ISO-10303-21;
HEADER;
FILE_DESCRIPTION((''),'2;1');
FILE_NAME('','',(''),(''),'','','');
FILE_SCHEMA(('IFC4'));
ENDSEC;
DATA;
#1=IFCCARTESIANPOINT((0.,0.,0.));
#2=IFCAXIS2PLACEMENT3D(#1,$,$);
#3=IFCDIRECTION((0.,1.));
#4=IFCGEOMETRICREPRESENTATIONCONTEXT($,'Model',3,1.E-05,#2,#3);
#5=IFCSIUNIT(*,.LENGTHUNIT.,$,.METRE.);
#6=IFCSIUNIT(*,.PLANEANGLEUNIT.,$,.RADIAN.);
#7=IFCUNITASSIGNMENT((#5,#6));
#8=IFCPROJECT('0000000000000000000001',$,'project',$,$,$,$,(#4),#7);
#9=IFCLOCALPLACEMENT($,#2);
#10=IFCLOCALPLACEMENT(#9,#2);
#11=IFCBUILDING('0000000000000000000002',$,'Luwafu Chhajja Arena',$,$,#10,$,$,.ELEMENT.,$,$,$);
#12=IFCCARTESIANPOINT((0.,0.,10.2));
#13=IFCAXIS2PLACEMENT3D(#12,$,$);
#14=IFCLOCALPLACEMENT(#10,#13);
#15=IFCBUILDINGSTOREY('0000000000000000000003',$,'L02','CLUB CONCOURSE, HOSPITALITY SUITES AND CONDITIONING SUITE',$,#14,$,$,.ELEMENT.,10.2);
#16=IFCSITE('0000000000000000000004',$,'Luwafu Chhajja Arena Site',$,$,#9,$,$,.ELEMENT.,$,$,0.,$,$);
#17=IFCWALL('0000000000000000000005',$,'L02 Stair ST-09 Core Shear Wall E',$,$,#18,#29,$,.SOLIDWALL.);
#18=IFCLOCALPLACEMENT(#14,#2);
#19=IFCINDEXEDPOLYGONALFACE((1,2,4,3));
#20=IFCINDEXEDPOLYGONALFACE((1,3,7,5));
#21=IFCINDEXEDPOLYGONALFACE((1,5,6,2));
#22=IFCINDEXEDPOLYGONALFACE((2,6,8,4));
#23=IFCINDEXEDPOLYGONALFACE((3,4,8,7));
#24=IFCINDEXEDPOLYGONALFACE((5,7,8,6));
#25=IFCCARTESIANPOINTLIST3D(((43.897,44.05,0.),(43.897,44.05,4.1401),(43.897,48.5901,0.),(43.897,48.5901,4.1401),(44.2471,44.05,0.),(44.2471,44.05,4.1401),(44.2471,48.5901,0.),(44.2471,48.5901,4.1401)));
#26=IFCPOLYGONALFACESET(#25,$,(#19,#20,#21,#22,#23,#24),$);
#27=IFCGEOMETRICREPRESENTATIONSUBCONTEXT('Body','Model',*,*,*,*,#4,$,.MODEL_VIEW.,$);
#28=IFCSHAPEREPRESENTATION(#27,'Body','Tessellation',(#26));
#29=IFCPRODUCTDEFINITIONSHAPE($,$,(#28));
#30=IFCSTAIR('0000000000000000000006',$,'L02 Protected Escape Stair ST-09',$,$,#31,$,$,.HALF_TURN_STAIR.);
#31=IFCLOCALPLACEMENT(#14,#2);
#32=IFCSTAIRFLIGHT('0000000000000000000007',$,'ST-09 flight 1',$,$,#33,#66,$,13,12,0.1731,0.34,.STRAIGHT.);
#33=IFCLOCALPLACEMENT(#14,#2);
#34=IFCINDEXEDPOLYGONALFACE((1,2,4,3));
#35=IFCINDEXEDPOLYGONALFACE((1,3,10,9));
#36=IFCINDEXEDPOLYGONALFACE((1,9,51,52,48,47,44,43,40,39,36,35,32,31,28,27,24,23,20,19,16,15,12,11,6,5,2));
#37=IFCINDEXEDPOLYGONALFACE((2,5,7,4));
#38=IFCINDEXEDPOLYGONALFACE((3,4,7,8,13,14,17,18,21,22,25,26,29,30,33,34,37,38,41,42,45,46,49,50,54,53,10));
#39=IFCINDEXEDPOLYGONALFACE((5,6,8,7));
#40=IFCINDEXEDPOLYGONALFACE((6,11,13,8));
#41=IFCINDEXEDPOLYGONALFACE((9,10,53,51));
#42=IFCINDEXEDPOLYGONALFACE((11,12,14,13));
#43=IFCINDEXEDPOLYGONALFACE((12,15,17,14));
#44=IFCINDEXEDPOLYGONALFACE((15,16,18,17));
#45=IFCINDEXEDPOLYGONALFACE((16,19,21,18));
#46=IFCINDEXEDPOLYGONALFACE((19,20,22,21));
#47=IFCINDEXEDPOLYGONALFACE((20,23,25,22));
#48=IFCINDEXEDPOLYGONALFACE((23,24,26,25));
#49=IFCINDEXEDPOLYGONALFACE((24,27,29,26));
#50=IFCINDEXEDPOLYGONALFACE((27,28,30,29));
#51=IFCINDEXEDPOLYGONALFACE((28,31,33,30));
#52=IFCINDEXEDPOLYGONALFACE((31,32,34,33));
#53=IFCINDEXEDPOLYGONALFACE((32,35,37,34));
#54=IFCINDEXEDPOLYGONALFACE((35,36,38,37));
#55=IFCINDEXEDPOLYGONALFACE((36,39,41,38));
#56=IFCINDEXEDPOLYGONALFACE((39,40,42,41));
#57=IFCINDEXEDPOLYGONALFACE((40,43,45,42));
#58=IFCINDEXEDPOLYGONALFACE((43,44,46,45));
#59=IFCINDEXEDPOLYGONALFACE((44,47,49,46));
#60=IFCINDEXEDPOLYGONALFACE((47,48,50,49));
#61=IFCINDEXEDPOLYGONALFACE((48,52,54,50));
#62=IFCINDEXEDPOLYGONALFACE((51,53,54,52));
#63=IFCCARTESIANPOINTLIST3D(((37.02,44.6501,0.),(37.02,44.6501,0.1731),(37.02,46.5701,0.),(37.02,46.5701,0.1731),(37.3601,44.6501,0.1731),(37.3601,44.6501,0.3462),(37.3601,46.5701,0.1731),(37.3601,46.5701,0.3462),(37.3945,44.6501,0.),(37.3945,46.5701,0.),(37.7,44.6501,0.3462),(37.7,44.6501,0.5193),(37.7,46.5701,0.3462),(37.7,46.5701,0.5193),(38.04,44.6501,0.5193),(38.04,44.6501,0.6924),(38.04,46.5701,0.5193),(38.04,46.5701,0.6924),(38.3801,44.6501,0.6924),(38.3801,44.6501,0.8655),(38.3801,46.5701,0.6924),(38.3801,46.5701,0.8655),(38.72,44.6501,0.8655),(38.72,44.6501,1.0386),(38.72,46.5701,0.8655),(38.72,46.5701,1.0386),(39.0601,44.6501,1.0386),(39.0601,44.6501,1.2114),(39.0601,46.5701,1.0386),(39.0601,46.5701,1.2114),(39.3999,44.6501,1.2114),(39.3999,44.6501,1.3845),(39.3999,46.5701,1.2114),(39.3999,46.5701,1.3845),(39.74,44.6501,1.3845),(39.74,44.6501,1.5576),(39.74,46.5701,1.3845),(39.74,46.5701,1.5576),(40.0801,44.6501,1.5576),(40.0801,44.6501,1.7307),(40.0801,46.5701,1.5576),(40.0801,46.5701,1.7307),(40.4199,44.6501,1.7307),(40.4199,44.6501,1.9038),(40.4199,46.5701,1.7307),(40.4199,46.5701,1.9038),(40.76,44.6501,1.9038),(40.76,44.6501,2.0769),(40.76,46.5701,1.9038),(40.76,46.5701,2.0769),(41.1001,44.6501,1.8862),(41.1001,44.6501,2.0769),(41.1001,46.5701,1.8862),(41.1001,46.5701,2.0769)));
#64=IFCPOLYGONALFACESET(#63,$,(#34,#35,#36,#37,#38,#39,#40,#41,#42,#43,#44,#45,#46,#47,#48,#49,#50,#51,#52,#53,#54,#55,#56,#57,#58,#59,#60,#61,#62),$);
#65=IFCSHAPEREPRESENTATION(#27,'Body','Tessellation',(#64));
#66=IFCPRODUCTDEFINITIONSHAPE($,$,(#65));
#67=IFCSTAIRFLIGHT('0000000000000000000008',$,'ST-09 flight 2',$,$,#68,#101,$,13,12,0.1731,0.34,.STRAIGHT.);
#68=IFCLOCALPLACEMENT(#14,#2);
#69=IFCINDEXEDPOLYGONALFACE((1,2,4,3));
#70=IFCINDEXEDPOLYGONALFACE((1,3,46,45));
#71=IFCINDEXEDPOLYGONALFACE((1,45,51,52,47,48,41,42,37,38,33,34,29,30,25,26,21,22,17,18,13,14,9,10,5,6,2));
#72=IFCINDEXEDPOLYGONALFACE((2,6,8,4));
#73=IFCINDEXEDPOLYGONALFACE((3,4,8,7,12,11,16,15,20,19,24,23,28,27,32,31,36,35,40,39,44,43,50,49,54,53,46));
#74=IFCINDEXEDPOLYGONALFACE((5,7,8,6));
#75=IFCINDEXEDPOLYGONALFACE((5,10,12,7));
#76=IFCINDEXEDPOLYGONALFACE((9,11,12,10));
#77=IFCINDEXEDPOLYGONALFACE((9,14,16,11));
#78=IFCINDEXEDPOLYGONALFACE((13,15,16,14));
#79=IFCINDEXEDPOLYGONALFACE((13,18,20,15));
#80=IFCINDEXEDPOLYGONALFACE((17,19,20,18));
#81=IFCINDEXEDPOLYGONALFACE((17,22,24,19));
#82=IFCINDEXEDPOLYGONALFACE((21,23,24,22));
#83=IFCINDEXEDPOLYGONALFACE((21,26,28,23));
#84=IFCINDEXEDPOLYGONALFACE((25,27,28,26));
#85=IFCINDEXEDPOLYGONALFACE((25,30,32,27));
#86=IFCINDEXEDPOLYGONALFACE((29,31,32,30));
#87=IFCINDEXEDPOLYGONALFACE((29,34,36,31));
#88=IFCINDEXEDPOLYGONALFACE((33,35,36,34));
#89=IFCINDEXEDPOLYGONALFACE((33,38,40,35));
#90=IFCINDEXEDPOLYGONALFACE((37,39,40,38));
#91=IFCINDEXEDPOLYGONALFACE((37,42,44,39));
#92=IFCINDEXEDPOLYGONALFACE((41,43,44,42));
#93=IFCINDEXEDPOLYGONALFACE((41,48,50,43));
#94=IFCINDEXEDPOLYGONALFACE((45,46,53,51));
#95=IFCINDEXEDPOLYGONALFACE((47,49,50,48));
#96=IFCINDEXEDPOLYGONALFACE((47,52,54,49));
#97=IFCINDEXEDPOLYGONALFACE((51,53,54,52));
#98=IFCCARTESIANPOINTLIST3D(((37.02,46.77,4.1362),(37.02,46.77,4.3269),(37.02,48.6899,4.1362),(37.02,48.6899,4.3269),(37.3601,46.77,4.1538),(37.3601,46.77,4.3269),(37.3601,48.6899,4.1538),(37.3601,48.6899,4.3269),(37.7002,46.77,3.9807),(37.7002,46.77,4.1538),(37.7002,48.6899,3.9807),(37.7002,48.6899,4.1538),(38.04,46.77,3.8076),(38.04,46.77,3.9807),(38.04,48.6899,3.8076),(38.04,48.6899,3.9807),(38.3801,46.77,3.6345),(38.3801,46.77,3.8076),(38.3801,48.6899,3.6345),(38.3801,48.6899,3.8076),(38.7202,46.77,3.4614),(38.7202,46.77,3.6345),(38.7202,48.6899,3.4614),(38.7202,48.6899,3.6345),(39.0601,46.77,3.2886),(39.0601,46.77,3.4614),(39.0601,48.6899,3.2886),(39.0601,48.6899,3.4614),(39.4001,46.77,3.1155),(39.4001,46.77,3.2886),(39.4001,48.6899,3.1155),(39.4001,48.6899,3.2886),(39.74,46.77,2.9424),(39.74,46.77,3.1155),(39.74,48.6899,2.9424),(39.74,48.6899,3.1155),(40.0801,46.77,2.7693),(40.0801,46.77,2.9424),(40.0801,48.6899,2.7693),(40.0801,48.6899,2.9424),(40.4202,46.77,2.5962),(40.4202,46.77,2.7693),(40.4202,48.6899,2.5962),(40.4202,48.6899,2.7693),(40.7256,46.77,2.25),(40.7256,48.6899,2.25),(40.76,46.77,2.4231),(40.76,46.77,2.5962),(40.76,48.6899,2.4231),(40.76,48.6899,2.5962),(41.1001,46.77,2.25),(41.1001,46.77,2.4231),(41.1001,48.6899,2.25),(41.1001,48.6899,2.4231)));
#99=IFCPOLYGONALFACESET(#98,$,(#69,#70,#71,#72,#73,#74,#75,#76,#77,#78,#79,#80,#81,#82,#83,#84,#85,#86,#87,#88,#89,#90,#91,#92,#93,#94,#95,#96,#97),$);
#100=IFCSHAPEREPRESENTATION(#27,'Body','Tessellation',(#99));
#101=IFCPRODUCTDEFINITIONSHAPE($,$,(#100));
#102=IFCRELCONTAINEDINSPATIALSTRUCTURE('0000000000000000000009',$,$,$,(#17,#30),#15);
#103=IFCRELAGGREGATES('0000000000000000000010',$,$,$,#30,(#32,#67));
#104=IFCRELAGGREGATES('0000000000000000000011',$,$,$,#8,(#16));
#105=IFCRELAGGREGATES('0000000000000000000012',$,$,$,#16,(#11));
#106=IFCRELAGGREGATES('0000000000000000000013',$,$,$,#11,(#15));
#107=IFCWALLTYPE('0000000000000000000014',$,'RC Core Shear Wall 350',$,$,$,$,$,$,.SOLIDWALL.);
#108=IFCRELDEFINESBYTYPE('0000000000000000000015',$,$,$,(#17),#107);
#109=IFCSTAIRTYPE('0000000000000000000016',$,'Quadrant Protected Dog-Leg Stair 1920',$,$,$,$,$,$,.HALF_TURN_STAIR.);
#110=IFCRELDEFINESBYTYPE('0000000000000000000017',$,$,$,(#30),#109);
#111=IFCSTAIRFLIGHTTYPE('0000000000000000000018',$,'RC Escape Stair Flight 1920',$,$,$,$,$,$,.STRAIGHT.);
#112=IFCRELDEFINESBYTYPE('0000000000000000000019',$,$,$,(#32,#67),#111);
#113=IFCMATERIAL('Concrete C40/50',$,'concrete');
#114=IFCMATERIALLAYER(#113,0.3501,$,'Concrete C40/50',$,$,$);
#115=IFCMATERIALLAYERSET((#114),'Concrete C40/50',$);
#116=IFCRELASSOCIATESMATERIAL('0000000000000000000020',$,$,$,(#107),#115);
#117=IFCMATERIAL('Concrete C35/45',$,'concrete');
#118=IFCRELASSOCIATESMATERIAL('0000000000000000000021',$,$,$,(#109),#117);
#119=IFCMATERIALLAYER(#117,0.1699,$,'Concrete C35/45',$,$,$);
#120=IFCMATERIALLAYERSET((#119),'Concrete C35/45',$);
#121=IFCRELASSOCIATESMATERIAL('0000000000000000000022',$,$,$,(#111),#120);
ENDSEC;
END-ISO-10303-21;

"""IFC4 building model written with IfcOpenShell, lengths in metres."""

from ifc_helpers import new_model, si_unit, direction, frame, frame_2d, origin, place, context, subcontext, project, spatial, polyline, rectangle, outline, extrude, material, layer, layer_set, type_object, element, aggregate, save


model = new_model("IFC4")

# Units and contexts
model_context = context("Model", 3, precision=1e-05, world=origin(), true_north=direction((0.0, 1.0)))
body_context = subcontext(model_context, "Body", "Model", "MODEL_VIEW")
ifc_project = project(units=[si_unit("LENGTHUNIT", "METRE"), si_unit("PLANEANGLEUNIT", "RADIAN")], contexts=[model_context])

# Site, building, storey
site_placement = place(None, origin())
site = spatial("IfcSite", under=ifc_project, at=site_placement, Name="Luwafu Chhajja Arena Site", CompositionType="ELEMENT", RefElevation=0.0)
building_placement = place(site_placement, origin())
building = spatial("IfcBuilding", under=site, at=building_placement, Name="Luwafu Chhajja Arena", CompositionType="ELEMENT")
storey_placement = place(building_placement, frame((0.0, 0.0, 10.2)))
storey = spatial("IfcBuildingStorey", under=building, at=storey_placement, Name="L02", Description="CLUB CONCOURSE, HOSPITALITY SUITES AND CONDITIONING SUITE", CompositionType="ELEMENT", Elevation=10.2)

# Shared definitions
ifc_material_1 = material(Name="Concrete C40/50", Category="concrete")

# Shared definitions
ifc_material_2 = material(Name="Concrete C35/45", Category="concrete")

# Wall
ifc_layer_1 = layer(ifc_material_1, 0.3501, Name="Concrete C40/50")
ifc_layer_set_1 = layer_set([ifc_layer_1], Name="Concrete C40/50")
wall_type_1 = type_object("IfcWallType", Name="RC Core Shear Wall 350", PredefinedType="SOLIDWALL", material=ifc_layer_set_1)
wall_1_placement = place(storey_placement, frame((44.072, 44.05, 0.0), z_axis=(0.0, 0.0, 1.0), x_axis=(0.0, 1.0, 0.0)))
element("IfcWall", 1, at=wall_1_placement, inside=storey, type_object=wall_type_1, Name="L02 Stair ST-09 Core Shear Wall E", PredefinedType="SOLIDWALL", context=body_context, shape_type="SweptSolid", body=[
    extrude(rectangle(XDim=4.54, YDim=0.3501, at=frame_2d((2.27, 0.0))), origin(), (0.0, 0.0, 1.0), 4.1401),
])

# Stair, stair flights
stair_type = type_object("IfcStairType", Name="Quadrant Protected Dog-Leg Stair 1920", PredefinedType="HALF_TURN_STAIR", material=ifc_material_2)
stair_placement = place(storey_placement, origin())
stair = element("IfcStair", 2, at=stair_placement, inside=storey, type_object=stair_type, Name="L02 Protected Escape Stair ST-09", PredefinedType="HALF_TURN_STAIR")
ifc_layer_2 = layer(ifc_material_2, 0.1699, Name="Concrete C35/45")
ifc_layer_set_2 = layer_set([ifc_layer_2], Name="Concrete C35/45")
stair_flight_type = type_object("IfcStairFlightType", Name="RC Escape Stair Flight 1920", PredefinedType="STRAIGHT", material=ifc_layer_set_2)
stair_flight_1_placement = place(storey_placement, frame((37.02, 45.6101, 0.0), z_axis=(0.0, 0.0, 1.0), x_axis=(1.0, 0.0, 0.0)))
stair_flight_1 = element("IfcStairFlight", 3, at=stair_flight_1_placement, type_object=stair_flight_type, Name="ST-09 flight 1", NumberOfRisers=13, NumberOfTreads=12, PredefinedType="STRAIGHT", RiserHeight=0.1731, TreadLength=0.34, context=body_context, shape_type="SweptSolid", body=[
    extrude(outline(polyline([(0.0, 0.0), (0.0, 0.1731), (0.3401, 0.1731), (0.3401, 0.3462), (0.6799, 0.3462), (0.6799, 0.5193), (1.02, 0.5193), (1.02, 0.6924), (1.3601, 0.6924), (1.3601, 0.8655), (1.7, 0.8655), (1.7, 1.0386), (2.04, 1.0386), (2.04, 1.2114), (2.3799, 1.2114), (2.3799, 1.3845), (2.72, 1.3845), (2.72, 1.5576), (3.0601, 1.5576), (3.0601, 1.7307), (3.3999, 1.7307), (3.3999, 1.9038), (3.74, 1.9038), (3.74, 2.0769), (4.0801, 2.0769), (4.0801, 2.25), (4.0801, 1.8862), (0.3745, 0.0), (0.0, 0.0)])), frame((0.0, 0.96, 0.0), z_axis=(0.0, -1.0, 0.0), x_axis=(1.0, 0.0, 0.0)), (0.0, 0.0, 1.0), 1.9199),
])
stair_flight_2_placement = place(storey_placement, frame((41.1001, 47.73, 2.25), z_axis=(0.0, 0.0, 1.0), x_axis=(-1.0, 0.0, 0.0)))
stair_flight_2 = element("IfcStairFlight", 4, at=stair_flight_2_placement, type_object=stair_flight_type, Name="ST-09 flight 2", NumberOfRisers=13, NumberOfTreads=12, PredefinedType="STRAIGHT", RiserHeight=0.1731, TreadLength=0.34, context=body_context, shape_type="SweptSolid", body=[
    extrude(outline(polyline([(0.0, 0.0), (0.0, 0.1731), (0.3401, 0.1731), (0.3401, 0.3462), (0.6799, 0.3462), (0.6799, 0.5193), (1.02, 0.5193), (1.02, 0.6924), (1.3601, 0.6924), (1.3601, 0.8655), (1.7, 0.8655), (1.7, 1.0386), (2.04, 1.0386), (2.04, 1.2114), (2.3799, 1.2114), (2.3799, 1.3845), (2.72, 1.3845), (2.72, 1.5576), (3.0601, 1.5576), (3.0601, 1.7307), (3.3999, 1.7307), (3.3999, 1.9038), (3.74, 1.9038), (3.74, 2.0769), (4.0801, 2.0769), (4.0801, 2.25), (4.0801, 1.8862), (0.3745, 0.0), (0.0, 0.0)])), frame((0.0, 0.96, 0.0), z_axis=(0.0, -1.0, 0.0), x_axis=(1.0, 0.0, 0.0)), (0.0, 0.0, 1.0), 1.9199),
])
aggregate(stair, [stair_flight_1, stair_flight_2])

save(model, "model.ifc")
